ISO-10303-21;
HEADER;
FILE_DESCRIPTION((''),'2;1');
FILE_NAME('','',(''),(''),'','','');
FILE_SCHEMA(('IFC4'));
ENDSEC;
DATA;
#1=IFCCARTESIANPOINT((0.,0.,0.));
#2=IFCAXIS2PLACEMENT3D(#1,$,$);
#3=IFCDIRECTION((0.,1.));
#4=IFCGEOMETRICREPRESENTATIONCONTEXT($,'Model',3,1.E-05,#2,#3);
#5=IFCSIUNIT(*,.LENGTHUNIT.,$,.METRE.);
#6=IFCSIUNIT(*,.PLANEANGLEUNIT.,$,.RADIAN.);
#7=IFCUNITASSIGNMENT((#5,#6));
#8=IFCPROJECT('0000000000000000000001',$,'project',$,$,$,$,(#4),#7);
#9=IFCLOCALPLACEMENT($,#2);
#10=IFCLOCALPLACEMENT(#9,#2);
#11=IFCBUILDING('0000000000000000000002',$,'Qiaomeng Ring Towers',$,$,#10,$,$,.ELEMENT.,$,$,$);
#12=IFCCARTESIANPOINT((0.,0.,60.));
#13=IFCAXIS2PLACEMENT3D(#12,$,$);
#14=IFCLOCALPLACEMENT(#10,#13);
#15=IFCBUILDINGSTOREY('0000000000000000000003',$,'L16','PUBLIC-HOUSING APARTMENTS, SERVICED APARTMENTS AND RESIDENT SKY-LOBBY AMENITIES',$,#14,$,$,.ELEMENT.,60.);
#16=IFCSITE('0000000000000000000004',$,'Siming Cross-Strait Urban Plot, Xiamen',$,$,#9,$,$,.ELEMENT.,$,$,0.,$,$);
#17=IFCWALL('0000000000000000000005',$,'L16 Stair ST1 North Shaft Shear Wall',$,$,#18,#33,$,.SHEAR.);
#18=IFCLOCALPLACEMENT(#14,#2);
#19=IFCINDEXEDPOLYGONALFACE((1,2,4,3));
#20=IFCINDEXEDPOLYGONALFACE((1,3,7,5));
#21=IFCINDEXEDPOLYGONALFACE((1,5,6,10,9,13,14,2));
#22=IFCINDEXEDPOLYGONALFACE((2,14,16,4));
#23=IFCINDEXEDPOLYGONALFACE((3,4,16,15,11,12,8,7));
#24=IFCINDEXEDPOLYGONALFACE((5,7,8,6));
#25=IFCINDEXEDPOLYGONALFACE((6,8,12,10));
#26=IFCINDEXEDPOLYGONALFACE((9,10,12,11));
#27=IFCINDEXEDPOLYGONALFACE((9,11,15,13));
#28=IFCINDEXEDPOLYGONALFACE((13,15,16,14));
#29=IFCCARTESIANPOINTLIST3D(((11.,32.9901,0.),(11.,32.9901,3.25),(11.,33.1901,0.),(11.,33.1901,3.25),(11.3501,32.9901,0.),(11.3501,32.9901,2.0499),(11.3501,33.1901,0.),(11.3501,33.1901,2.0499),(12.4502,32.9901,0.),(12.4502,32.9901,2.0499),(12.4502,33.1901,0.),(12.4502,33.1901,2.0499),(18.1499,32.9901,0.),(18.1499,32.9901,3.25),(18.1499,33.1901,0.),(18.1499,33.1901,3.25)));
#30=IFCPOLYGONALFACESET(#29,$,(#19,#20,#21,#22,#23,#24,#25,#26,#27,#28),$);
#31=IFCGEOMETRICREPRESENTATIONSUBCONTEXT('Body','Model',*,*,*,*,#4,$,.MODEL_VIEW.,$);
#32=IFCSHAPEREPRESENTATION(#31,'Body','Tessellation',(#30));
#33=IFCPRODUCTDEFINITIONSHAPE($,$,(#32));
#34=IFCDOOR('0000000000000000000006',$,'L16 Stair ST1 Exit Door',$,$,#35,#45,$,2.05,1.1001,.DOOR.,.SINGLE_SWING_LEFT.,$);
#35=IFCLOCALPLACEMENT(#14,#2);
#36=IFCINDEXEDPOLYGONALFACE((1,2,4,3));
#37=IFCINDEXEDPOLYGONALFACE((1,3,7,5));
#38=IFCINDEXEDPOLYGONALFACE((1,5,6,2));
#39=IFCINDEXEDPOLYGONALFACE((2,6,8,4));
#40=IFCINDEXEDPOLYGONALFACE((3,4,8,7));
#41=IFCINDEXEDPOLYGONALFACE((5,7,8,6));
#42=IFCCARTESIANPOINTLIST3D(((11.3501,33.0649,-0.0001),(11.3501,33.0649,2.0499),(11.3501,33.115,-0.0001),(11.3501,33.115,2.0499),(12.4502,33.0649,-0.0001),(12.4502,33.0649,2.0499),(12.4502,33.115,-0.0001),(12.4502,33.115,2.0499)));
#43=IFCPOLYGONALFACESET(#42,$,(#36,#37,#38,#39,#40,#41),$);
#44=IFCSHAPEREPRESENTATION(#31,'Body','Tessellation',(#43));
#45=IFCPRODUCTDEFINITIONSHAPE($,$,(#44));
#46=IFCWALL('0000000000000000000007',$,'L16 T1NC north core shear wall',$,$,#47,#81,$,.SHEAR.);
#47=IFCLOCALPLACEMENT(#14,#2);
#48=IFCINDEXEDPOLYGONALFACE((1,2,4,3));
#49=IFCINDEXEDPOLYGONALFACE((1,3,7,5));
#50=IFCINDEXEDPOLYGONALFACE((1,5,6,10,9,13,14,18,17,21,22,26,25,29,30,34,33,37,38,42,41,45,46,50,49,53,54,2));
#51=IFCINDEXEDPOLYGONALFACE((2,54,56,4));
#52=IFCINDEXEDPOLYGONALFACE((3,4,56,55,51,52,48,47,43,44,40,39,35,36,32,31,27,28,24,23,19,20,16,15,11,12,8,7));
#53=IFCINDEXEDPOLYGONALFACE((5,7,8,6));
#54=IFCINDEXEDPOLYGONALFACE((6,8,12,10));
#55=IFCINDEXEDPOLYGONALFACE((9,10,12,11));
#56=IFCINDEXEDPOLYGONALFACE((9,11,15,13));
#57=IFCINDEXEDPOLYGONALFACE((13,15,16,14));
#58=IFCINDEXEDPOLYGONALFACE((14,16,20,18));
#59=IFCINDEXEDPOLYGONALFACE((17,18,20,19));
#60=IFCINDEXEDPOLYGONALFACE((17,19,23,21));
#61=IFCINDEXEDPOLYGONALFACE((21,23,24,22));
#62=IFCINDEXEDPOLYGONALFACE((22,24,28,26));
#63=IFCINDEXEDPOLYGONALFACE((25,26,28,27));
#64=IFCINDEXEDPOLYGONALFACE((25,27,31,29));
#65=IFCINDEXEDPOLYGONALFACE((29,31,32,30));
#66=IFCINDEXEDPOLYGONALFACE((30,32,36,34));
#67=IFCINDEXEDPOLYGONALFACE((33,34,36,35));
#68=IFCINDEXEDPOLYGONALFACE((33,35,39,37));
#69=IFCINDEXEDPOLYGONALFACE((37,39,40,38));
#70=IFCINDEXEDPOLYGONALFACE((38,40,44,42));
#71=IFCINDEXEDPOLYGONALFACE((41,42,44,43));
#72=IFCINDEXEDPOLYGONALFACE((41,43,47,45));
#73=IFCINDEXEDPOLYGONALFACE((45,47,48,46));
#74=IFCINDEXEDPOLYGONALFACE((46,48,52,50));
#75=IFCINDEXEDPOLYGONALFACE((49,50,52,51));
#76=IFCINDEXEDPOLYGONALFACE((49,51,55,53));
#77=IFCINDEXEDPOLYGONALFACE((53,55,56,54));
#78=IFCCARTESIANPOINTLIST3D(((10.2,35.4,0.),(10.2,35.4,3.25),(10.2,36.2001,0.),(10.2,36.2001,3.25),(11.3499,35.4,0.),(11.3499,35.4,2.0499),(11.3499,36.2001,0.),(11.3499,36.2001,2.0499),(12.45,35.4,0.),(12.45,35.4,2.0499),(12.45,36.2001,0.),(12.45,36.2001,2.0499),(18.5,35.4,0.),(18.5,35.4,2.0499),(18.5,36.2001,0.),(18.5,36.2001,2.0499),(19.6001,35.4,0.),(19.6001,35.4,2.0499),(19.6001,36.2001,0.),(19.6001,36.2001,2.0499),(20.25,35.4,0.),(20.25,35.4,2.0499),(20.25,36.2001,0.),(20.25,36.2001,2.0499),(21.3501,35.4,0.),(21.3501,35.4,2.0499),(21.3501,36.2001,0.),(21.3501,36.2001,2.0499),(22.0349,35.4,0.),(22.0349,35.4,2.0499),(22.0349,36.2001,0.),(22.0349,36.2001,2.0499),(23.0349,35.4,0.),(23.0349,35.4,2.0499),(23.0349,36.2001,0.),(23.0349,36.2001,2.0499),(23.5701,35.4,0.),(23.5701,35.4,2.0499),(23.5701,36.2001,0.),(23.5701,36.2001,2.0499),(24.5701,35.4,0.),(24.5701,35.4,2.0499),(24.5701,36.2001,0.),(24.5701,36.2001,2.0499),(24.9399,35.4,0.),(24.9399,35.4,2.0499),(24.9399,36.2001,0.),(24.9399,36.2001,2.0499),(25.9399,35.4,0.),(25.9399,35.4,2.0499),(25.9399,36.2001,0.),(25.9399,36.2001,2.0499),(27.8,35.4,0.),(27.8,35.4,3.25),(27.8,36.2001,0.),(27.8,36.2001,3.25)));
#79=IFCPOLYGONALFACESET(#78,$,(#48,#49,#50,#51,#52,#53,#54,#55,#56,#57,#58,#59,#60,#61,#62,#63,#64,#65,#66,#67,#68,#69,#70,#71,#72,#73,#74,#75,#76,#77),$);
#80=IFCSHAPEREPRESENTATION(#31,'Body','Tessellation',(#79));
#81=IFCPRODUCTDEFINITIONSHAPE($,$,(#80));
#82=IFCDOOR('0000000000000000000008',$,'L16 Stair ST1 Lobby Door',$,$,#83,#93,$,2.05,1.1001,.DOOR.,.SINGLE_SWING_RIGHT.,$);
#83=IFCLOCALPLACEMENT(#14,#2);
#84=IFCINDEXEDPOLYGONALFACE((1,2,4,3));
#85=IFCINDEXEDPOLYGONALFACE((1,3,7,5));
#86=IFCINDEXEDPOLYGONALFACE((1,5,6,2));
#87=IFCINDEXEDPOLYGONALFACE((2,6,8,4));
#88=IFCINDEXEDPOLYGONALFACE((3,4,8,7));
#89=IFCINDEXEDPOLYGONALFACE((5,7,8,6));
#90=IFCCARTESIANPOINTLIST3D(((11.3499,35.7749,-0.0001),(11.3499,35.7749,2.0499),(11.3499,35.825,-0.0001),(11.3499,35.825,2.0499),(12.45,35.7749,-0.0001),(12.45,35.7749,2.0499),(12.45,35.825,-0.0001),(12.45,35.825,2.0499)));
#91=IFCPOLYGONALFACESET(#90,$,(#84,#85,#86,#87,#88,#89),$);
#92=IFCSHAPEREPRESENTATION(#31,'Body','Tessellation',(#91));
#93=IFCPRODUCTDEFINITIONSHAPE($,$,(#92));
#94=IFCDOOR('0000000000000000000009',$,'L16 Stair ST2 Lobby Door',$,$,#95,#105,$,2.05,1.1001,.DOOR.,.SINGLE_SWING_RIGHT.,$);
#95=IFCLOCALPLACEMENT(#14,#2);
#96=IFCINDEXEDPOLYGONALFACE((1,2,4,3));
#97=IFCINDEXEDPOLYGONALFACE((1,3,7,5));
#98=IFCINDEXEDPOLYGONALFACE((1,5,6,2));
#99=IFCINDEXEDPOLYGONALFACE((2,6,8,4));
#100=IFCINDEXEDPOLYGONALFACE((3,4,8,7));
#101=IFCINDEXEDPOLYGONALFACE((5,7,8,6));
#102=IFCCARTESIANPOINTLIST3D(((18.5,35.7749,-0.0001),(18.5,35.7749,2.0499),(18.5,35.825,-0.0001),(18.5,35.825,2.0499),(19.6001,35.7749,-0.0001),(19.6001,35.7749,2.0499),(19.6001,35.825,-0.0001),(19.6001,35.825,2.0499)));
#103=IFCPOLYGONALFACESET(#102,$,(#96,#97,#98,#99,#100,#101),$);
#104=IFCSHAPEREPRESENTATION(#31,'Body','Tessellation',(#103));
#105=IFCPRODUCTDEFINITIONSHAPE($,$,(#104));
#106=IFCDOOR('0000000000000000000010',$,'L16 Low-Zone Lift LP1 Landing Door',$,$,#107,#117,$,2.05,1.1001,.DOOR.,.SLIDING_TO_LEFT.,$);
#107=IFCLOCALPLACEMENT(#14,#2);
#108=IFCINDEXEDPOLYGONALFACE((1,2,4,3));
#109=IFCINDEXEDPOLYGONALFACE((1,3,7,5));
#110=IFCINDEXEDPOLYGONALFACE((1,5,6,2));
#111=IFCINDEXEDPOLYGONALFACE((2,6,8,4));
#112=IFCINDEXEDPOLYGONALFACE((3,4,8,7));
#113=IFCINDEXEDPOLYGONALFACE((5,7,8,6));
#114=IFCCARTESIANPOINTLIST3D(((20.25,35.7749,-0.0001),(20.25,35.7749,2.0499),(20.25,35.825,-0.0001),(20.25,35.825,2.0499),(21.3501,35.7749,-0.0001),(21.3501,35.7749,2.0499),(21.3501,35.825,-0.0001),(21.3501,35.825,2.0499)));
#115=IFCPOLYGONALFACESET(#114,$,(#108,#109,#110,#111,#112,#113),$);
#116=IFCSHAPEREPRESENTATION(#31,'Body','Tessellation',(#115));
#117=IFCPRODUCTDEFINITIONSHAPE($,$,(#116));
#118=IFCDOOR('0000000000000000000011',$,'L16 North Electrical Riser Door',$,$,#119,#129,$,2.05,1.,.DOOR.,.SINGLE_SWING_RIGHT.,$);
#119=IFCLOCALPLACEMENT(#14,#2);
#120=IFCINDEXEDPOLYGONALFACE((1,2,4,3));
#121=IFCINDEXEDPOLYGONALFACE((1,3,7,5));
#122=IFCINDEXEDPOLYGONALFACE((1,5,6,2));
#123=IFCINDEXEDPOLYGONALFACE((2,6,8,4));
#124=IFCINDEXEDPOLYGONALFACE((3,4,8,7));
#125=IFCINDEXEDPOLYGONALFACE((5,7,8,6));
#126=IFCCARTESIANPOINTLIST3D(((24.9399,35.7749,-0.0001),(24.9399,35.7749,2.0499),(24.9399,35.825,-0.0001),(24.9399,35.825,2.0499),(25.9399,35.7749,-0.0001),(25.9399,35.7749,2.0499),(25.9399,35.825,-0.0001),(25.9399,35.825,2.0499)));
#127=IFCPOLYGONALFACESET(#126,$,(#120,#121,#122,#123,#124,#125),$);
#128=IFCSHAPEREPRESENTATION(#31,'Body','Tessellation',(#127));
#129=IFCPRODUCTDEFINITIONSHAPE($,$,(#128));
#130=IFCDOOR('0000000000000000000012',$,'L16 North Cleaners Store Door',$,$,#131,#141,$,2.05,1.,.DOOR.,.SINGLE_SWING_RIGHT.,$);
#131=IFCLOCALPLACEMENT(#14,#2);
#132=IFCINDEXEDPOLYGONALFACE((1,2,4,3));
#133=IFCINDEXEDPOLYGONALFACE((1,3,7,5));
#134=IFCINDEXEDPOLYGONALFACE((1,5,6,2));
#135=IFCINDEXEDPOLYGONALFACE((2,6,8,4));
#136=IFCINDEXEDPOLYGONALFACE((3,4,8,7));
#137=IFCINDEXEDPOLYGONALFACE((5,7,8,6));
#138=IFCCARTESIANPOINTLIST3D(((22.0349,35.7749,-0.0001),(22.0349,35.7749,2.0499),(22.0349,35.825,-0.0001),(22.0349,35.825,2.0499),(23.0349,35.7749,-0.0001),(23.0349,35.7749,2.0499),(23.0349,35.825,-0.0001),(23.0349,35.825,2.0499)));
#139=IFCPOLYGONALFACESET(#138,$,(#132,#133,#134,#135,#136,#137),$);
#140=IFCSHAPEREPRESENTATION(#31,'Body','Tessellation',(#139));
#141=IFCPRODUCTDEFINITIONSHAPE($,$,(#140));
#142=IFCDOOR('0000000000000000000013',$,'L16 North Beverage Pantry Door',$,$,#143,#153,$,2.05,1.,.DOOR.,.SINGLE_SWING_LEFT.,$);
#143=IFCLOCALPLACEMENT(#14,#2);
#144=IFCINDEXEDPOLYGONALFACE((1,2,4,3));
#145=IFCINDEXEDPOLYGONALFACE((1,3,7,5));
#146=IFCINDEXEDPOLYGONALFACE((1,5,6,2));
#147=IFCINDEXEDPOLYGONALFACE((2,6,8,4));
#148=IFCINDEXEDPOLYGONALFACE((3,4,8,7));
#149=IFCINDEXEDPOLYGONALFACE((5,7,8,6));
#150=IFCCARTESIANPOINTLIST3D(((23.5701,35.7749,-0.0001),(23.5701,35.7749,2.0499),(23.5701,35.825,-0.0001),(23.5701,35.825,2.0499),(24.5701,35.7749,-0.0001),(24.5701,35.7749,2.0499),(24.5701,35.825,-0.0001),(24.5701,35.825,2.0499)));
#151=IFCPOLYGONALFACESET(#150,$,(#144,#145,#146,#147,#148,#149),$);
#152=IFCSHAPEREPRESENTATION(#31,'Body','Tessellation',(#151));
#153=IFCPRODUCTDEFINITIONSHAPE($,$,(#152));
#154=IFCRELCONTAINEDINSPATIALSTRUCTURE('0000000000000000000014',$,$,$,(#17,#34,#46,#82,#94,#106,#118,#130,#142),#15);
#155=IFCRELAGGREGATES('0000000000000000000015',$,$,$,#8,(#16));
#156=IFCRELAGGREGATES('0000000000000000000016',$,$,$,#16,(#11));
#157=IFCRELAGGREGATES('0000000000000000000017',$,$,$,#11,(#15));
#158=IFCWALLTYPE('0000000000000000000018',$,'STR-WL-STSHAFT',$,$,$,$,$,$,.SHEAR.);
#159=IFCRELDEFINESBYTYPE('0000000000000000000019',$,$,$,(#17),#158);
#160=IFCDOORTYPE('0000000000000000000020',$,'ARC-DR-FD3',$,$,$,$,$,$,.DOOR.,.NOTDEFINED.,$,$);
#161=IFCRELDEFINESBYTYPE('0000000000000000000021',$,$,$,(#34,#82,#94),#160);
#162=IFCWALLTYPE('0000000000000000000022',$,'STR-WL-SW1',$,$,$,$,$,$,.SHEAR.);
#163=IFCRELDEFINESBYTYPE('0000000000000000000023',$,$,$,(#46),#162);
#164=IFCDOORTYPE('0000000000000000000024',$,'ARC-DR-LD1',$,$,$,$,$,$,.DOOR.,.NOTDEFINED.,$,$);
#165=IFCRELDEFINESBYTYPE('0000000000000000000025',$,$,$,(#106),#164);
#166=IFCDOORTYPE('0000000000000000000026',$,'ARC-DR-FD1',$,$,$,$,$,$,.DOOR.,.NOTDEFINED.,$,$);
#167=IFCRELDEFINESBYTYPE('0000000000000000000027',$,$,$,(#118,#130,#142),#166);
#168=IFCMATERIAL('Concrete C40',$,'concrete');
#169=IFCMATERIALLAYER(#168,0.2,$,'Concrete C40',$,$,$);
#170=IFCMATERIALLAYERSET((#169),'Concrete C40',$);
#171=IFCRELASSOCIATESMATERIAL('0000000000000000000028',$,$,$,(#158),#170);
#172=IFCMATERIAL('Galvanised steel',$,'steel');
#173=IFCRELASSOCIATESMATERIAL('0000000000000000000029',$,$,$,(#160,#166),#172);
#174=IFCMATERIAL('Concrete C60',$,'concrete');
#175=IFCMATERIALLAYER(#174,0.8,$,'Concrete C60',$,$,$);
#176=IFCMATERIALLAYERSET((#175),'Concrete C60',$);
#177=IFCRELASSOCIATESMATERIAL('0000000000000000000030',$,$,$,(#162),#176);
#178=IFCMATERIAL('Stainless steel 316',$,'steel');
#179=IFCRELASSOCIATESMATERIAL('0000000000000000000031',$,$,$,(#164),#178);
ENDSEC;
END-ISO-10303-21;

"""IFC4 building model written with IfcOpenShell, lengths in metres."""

from ifc_helpers import new_model, si_unit, direction, frame, frame_2d, origin, place, context, subcontext, project, spatial, rectangle, extrude, source, transform, mapped, material, layer, layer_set, type_object, element, fill, save


model = new_model("IFC4")

# Units and contexts
model_context = context("Model", 3, precision=1e-05, world=origin(), true_north=direction((0.0, 1.0)))
body_context = subcontext(model_context, "Body", "Model", "MODEL_VIEW")
ifc_project = project(units=[si_unit("LENGTHUNIT", "METRE"), si_unit("PLANEANGLEUNIT", "RADIAN")], contexts=[model_context])

# Site, building, storey
site_placement = place(None, origin())
site = spatial("IfcSite", under=ifc_project, at=site_placement, Name="Siming Cross-Strait Urban Plot, Xiamen", CompositionType="ELEMENT", RefElevation=0.0)
building_placement = place(site_placement, origin())
building = spatial("IfcBuilding", under=site, at=building_placement, Name="Qiaomeng Ring Towers", CompositionType="ELEMENT")
storey_placement = place(building_placement, frame((0.0, 0.0, 60.0)))
storey = spatial("IfcBuildingStorey", under=building, at=storey_placement, Name="L16", Description="PUBLIC-HOUSING APARTMENTS, SERVICED APARTMENTS AND RESIDENT SKY-LOBBY AMENITIES", CompositionType="ELEMENT", Elevation=60.0)

# Shared definitions
ifc_material_1 = material(Name="Concrete C60", Category="concrete")

# Shared definitions
shared_shape_1 = source(origin(), body_context, "Body", "SweptSolid", [
    extrude(rectangle(XDim=1.0, YDim=2.05, at=frame_2d((0.5, 1.0249))), frame((0.0, 0.0249, 0.0), z_axis=(0.0, -1.0, 0.0), x_axis=(1.0, 0.0, 0.0)), (0.0, 0.0, 1.0), 0.05),
])

# Shared definitions
ifc_material_2 = material(Name="Concrete C40", Category="concrete")
ifc_layer_1 = layer(ifc_material_2, 0.2, Name="Concrete C40")
ifc_layer_set_1 = layer_set([ifc_layer_1], Name="Concrete C40")
wall_type_1 = type_object("IfcWallType", Name="STR-WL-STSHAFT", PredefinedType="SHEAR", material=ifc_layer_set_1)

# Wall, opening, door
wall_1_placement = place(storey_placement, frame((11.0, 33.0901, 0.0), z_axis=(0.0, 0.0, 1.0), x_axis=(1.0, 0.0, 0.0)))
wall_1 = element("IfcWall", 1, at=wall_1_placement, inside=storey, type_object=wall_type_1, Name="L16 Stair ST1 North Shaft Shear Wall", PredefinedType="SHEAR", context=body_context, shape_type="SweptSolid", body=[
    extrude(rectangle(XDim=7.1499, YDim=0.2, at=frame_2d((3.575, 0.0))), origin(), (0.0, 0.0, 1.0), 3.25),
])
opening_1_placement = place(wall_1_placement, frame((0.3501, 0.0, 0.0)))
opening_1 = element("IfcOpeningElement", 2, at=opening_1_placement, cuts=wall_1, PredefinedType="OPENING", context=body_context, shape_type="SweptSolid", body=[
    extrude(rectangle(XDim=1.1001, YDim=2.05, at=frame_2d((0.55, 1.0249))), frame((0.0, 0.1099, 0.0), z_axis=(0.0, -1.0, 0.0), x_axis=(1.0, 0.0, 0.0)), (0.0, 0.0, 1.0), 0.22),
])
ifc_material_3 = material(Name="Galvanised steel", Category="steel")
door_type_1 = type_object("IfcDoorType", Name="ARC-DR-FD3", OperationType="NOTDEFINED", PredefinedType="DOOR", material=ifc_material_3)
shared_shape_2 = source(origin(), body_context, "Body", "SweptSolid", [
    extrude(rectangle(XDim=1.1001, YDim=2.05, at=frame_2d((0.55, 1.0249))), frame((0.0, 0.0249, 0.0), z_axis=(0.0, -1.0, 0.0), x_axis=(1.0, 0.0, 0.0)), (0.0, 0.0, 1.0), 0.05),
])
door_1_placement = place(opening_1_placement, origin())
door_1 = element("IfcDoor", 3, at=door_1_placement, inside=storey, type_object=door_type_1, Name="L16 Stair ST1 Exit Door", OperationType="SINGLE_SWING_LEFT", OverallHeight=2.05, OverallWidth=1.1001, PredefinedType="DOOR", context=body_context, shape_type="MappedRepresentation", body=[
    mapped(shared_shape_2, transform((0.0, 0.0, 0.0), x_axis=(1.0, 0.0, 0.0), y_axis=(0.0, 1.0, 0.0), z_axis=(0.0, 0.0, 1.0), scale=1.0)),
])
fill(opening_1, door_1)

# Wall, openings, doors
ifc_layer_2 = layer(ifc_material_1, 0.8, Name="Concrete C60")
ifc_layer_set_2 = layer_set([ifc_layer_2], Name="Concrete C60")
wall_type_2 = type_object("IfcWallType", Name="STR-WL-SW1", PredefinedType="SHEAR", material=ifc_layer_set_2)
wall_2_placement = place(storey_placement, frame((10.2, 35.8, 0.0), z_axis=(0.0, 0.0, 1.0), x_axis=(1.0, 0.0, 0.0)))
wall_2 = element("IfcWall", 4, at=wall_2_placement, inside=storey, type_object=wall_type_2, Name="L16 T1NC north core shear wall", PredefinedType="SHEAR", context=body_context, shape_type="SweptSolid", body=[
    extrude(rectangle(XDim=17.6001, YDim=0.8, at=frame_2d((8.8, 0.0))), origin(), (0.0, 0.0, 1.0), 3.25),
])
opening_2_placement = place(wall_2_placement, frame((1.1499, 0.0, 0.0)))
opening_2 = element("IfcOpeningElement", 5, at=opening_2_placement, cuts=wall_2, PredefinedType="OPENING", context=body_context, shape_type="SweptSolid", body=[
    extrude(rectangle(XDim=1.1001, YDim=2.05, at=frame_2d((0.55, 1.0249))), frame((0.0, 0.4099, 0.0), z_axis=(0.0, -1.0, 0.0), x_axis=(1.0, 0.0, 0.0)), (0.0, 0.0, 1.0), 0.8201),
])
opening_3_placement = place(wall_2_placement, frame((8.3, 0.0, 0.0)))
opening_3 = element("IfcOpeningElement", 6, at=opening_3_placement, cuts=wall_2, PredefinedType="OPENING", context=body_context, shape_type="SweptSolid", body=[
    extrude(rectangle(XDim=1.1001, YDim=2.05, at=frame_2d((0.55, 1.0249))), frame((0.0, 0.4099, 0.0), z_axis=(0.0, -1.0, 0.0), x_axis=(1.0, 0.0, 0.0)), (0.0, 0.0, 1.0), 0.8201),
])
opening_4_placement = place(wall_2_placement, frame((10.05, 0.0, 0.0)))
opening_4 = element("IfcOpeningElement", 7, at=opening_4_placement, cuts=wall_2, PredefinedType="OPENING", context=body_context, shape_type="SweptSolid", body=[
    extrude(rectangle(XDim=1.1001, YDim=2.05, at=frame_2d((0.55, 1.0249))), frame((0.0, 0.4099, 0.0), z_axis=(0.0, -1.0, 0.0), x_axis=(1.0, 0.0, 0.0)), (0.0, 0.0, 1.0), 0.8201),
])
opening_5_placement = place(wall_2_placement, frame((14.74, 0.0, 0.0)))
opening_5 = element("IfcOpeningElement", 8, at=opening_5_placement, cuts=wall_2, PredefinedType="OPENING", context=body_context, shape_type="SweptSolid", body=[
    extrude(rectangle(XDim=1.0, YDim=2.05, at=frame_2d((0.5, 1.0249))), frame((0.0, 0.4099, 0.0), z_axis=(0.0, -1.0, 0.0), x_axis=(1.0, 0.0, 0.0)), (0.0, 0.0, 1.0), 0.8201),
])
opening_6_placement = place(wall_2_placement, frame((11.835, 0.0, 0.0)))
opening_6 = element("IfcOpeningElement", 9, at=opening_6_placement, cuts=wall_2, PredefinedType="OPENING", context=body_context, shape_type="SweptSolid", body=[
    extrude(rectangle(XDim=1.0, YDim=2.05, at=frame_2d((0.5, 1.0249))), frame((0.0, 0.4099, 0.0), z_axis=(0.0, -1.0, 0.0), x_axis=(1.0, 0.0, 0.0)), (0.0, 0.0, 1.0), 0.8201),
])
opening_7_placement = place(wall_2_placement, frame((13.3701, 0.0, 0.0)))
opening_7 = element("IfcOpeningElement", 10, at=opening_7_placement, cuts=wall_2, PredefinedType="OPENING", context=body_context, shape_type="SweptSolid", body=[
    extrude(rectangle(XDim=1.0, YDim=2.05, at=frame_2d((0.5, 1.0249))), frame((0.0, 0.4099, 0.0), z_axis=(0.0, -1.0, 0.0), x_axis=(1.0, 0.0, 0.0)), (0.0, 0.0, 1.0), 0.8201),
])
door_2_placement = place(opening_2_placement, origin())
door_2 = element("IfcDoor", 11, at=door_2_placement, inside=storey, type_object=door_type_1, Name="L16 Stair ST1 Lobby Door", OperationType="SINGLE_SWING_RIGHT", OverallHeight=2.05, OverallWidth=1.1001, PredefinedType="DOOR", context=body_context, shape_type="MappedRepresentation", body=[
    mapped(shared_shape_2, transform((0.0, 0.0, 0.0), x_axis=(1.0, 0.0, 0.0), y_axis=(0.0, 1.0, 0.0), z_axis=(0.0, 0.0, 1.0), scale=1.0)),
])
fill(opening_2, door_2)
door_3_placement = place(opening_3_placement, origin())
door_3 = element("IfcDoor", 12, at=door_3_placement, inside=storey, type_object=door_type_1, Name="L16 Stair ST2 Lobby Door", OperationType="SINGLE_SWING_RIGHT", OverallHeight=2.05, OverallWidth=1.1001, PredefinedType="DOOR", context=body_context, shape_type="MappedRepresentation", body=[
    mapped(shared_shape_2, transform((0.0, 0.0, 0.0), x_axis=(1.0, 0.0, 0.0), y_axis=(0.0, 1.0, 0.0), z_axis=(0.0, 0.0, 1.0), scale=1.0)),
])
fill(opening_3, door_3)
ifc_material_4 = material(Name="Stainless steel 316", Category="steel")
door_type_2 = type_object("IfcDoorType", Name="ARC-DR-LD1", OperationType="NOTDEFINED", PredefinedType="DOOR", material=ifc_material_4)
door_4_placement = place(opening_4_placement, origin())
door_4 = element("IfcDoor", 13, at=door_4_placement, inside=storey, type_object=door_type_2, Name="L16 Low-Zone Lift LP1 Landing Door", OperationType="SLIDING_TO_LEFT", OverallHeight=2.05, OverallWidth=1.1001, PredefinedType="DOOR", context=body_context, shape_type="MappedRepresentation", body=[
    mapped(shared_shape_2, transform((0.0, 0.0, 0.0), x_axis=(1.0, 0.0, 0.0), y_axis=(0.0, 1.0, 0.0), z_axis=(0.0, 0.0, 1.0), scale=1.0)),
])
fill(opening_4, door_4)
door_type_3 = type_object("IfcDoorType", Name="ARC-DR-FD1", OperationType="NOTDEFINED", PredefinedType="DOOR", material=ifc_material_3)
door_5_placement = place(opening_5_placement, origin())
door_5 = element("IfcDoor", 14, at=door_5_placement, inside=storey, type_object=door_type_3, Name="L16 North Electrical Riser Door", OperationType="SINGLE_SWING_RIGHT", OverallHeight=2.05, OverallWidth=1.0, PredefinedType="DOOR", context=body_context, shape_type="MappedRepresentation", body=[
    mapped(shared_shape_1, transform((0.0, 0.0, 0.0), x_axis=(1.0, 0.0, 0.0), y_axis=(0.0, 1.0, 0.0), z_axis=(0.0, 0.0, 1.0), scale=1.0)),
])
fill(opening_5, door_5)
door_6_placement = place(opening_6_placement, origin())
door_6 = element("IfcDoor", 15, at=door_6_placement, inside=storey, type_object=door_type_3, Name="L16 North Cleaners Store Door", OperationType="SINGLE_SWING_RIGHT", OverallHeight=2.05, OverallWidth=1.0, PredefinedType="DOOR", context=body_context, shape_type="MappedRepresentation", body=[
    mapped(shared_shape_1, transform((0.0, 0.0, 0.0), x_axis=(1.0, 0.0, 0.0), y_axis=(0.0, 1.0, 0.0), z_axis=(0.0, 0.0, 1.0), scale=1.0)),
])
fill(opening_6, door_6)
door_7_placement = place(opening_7_placement, origin())
door_7 = element("IfcDoor", 16, at=door_7_placement, inside=storey, type_object=door_type_3, Name="L16 North Beverage Pantry Door", OperationType="SINGLE_SWING_LEFT", OverallHeight=2.05, OverallWidth=1.0, PredefinedType="DOOR", context=body_context, shape_type="MappedRepresentation", body=[
    mapped(shared_shape_1, transform((0.0, 0.0, 0.0), x_axis=(1.0, 0.0, 0.0), y_axis=(0.0, 1.0, 0.0), z_axis=(0.0, 0.0, 1.0), scale=1.0)),
])
fill(opening_7, door_7)

save(model, "model.ifc")
